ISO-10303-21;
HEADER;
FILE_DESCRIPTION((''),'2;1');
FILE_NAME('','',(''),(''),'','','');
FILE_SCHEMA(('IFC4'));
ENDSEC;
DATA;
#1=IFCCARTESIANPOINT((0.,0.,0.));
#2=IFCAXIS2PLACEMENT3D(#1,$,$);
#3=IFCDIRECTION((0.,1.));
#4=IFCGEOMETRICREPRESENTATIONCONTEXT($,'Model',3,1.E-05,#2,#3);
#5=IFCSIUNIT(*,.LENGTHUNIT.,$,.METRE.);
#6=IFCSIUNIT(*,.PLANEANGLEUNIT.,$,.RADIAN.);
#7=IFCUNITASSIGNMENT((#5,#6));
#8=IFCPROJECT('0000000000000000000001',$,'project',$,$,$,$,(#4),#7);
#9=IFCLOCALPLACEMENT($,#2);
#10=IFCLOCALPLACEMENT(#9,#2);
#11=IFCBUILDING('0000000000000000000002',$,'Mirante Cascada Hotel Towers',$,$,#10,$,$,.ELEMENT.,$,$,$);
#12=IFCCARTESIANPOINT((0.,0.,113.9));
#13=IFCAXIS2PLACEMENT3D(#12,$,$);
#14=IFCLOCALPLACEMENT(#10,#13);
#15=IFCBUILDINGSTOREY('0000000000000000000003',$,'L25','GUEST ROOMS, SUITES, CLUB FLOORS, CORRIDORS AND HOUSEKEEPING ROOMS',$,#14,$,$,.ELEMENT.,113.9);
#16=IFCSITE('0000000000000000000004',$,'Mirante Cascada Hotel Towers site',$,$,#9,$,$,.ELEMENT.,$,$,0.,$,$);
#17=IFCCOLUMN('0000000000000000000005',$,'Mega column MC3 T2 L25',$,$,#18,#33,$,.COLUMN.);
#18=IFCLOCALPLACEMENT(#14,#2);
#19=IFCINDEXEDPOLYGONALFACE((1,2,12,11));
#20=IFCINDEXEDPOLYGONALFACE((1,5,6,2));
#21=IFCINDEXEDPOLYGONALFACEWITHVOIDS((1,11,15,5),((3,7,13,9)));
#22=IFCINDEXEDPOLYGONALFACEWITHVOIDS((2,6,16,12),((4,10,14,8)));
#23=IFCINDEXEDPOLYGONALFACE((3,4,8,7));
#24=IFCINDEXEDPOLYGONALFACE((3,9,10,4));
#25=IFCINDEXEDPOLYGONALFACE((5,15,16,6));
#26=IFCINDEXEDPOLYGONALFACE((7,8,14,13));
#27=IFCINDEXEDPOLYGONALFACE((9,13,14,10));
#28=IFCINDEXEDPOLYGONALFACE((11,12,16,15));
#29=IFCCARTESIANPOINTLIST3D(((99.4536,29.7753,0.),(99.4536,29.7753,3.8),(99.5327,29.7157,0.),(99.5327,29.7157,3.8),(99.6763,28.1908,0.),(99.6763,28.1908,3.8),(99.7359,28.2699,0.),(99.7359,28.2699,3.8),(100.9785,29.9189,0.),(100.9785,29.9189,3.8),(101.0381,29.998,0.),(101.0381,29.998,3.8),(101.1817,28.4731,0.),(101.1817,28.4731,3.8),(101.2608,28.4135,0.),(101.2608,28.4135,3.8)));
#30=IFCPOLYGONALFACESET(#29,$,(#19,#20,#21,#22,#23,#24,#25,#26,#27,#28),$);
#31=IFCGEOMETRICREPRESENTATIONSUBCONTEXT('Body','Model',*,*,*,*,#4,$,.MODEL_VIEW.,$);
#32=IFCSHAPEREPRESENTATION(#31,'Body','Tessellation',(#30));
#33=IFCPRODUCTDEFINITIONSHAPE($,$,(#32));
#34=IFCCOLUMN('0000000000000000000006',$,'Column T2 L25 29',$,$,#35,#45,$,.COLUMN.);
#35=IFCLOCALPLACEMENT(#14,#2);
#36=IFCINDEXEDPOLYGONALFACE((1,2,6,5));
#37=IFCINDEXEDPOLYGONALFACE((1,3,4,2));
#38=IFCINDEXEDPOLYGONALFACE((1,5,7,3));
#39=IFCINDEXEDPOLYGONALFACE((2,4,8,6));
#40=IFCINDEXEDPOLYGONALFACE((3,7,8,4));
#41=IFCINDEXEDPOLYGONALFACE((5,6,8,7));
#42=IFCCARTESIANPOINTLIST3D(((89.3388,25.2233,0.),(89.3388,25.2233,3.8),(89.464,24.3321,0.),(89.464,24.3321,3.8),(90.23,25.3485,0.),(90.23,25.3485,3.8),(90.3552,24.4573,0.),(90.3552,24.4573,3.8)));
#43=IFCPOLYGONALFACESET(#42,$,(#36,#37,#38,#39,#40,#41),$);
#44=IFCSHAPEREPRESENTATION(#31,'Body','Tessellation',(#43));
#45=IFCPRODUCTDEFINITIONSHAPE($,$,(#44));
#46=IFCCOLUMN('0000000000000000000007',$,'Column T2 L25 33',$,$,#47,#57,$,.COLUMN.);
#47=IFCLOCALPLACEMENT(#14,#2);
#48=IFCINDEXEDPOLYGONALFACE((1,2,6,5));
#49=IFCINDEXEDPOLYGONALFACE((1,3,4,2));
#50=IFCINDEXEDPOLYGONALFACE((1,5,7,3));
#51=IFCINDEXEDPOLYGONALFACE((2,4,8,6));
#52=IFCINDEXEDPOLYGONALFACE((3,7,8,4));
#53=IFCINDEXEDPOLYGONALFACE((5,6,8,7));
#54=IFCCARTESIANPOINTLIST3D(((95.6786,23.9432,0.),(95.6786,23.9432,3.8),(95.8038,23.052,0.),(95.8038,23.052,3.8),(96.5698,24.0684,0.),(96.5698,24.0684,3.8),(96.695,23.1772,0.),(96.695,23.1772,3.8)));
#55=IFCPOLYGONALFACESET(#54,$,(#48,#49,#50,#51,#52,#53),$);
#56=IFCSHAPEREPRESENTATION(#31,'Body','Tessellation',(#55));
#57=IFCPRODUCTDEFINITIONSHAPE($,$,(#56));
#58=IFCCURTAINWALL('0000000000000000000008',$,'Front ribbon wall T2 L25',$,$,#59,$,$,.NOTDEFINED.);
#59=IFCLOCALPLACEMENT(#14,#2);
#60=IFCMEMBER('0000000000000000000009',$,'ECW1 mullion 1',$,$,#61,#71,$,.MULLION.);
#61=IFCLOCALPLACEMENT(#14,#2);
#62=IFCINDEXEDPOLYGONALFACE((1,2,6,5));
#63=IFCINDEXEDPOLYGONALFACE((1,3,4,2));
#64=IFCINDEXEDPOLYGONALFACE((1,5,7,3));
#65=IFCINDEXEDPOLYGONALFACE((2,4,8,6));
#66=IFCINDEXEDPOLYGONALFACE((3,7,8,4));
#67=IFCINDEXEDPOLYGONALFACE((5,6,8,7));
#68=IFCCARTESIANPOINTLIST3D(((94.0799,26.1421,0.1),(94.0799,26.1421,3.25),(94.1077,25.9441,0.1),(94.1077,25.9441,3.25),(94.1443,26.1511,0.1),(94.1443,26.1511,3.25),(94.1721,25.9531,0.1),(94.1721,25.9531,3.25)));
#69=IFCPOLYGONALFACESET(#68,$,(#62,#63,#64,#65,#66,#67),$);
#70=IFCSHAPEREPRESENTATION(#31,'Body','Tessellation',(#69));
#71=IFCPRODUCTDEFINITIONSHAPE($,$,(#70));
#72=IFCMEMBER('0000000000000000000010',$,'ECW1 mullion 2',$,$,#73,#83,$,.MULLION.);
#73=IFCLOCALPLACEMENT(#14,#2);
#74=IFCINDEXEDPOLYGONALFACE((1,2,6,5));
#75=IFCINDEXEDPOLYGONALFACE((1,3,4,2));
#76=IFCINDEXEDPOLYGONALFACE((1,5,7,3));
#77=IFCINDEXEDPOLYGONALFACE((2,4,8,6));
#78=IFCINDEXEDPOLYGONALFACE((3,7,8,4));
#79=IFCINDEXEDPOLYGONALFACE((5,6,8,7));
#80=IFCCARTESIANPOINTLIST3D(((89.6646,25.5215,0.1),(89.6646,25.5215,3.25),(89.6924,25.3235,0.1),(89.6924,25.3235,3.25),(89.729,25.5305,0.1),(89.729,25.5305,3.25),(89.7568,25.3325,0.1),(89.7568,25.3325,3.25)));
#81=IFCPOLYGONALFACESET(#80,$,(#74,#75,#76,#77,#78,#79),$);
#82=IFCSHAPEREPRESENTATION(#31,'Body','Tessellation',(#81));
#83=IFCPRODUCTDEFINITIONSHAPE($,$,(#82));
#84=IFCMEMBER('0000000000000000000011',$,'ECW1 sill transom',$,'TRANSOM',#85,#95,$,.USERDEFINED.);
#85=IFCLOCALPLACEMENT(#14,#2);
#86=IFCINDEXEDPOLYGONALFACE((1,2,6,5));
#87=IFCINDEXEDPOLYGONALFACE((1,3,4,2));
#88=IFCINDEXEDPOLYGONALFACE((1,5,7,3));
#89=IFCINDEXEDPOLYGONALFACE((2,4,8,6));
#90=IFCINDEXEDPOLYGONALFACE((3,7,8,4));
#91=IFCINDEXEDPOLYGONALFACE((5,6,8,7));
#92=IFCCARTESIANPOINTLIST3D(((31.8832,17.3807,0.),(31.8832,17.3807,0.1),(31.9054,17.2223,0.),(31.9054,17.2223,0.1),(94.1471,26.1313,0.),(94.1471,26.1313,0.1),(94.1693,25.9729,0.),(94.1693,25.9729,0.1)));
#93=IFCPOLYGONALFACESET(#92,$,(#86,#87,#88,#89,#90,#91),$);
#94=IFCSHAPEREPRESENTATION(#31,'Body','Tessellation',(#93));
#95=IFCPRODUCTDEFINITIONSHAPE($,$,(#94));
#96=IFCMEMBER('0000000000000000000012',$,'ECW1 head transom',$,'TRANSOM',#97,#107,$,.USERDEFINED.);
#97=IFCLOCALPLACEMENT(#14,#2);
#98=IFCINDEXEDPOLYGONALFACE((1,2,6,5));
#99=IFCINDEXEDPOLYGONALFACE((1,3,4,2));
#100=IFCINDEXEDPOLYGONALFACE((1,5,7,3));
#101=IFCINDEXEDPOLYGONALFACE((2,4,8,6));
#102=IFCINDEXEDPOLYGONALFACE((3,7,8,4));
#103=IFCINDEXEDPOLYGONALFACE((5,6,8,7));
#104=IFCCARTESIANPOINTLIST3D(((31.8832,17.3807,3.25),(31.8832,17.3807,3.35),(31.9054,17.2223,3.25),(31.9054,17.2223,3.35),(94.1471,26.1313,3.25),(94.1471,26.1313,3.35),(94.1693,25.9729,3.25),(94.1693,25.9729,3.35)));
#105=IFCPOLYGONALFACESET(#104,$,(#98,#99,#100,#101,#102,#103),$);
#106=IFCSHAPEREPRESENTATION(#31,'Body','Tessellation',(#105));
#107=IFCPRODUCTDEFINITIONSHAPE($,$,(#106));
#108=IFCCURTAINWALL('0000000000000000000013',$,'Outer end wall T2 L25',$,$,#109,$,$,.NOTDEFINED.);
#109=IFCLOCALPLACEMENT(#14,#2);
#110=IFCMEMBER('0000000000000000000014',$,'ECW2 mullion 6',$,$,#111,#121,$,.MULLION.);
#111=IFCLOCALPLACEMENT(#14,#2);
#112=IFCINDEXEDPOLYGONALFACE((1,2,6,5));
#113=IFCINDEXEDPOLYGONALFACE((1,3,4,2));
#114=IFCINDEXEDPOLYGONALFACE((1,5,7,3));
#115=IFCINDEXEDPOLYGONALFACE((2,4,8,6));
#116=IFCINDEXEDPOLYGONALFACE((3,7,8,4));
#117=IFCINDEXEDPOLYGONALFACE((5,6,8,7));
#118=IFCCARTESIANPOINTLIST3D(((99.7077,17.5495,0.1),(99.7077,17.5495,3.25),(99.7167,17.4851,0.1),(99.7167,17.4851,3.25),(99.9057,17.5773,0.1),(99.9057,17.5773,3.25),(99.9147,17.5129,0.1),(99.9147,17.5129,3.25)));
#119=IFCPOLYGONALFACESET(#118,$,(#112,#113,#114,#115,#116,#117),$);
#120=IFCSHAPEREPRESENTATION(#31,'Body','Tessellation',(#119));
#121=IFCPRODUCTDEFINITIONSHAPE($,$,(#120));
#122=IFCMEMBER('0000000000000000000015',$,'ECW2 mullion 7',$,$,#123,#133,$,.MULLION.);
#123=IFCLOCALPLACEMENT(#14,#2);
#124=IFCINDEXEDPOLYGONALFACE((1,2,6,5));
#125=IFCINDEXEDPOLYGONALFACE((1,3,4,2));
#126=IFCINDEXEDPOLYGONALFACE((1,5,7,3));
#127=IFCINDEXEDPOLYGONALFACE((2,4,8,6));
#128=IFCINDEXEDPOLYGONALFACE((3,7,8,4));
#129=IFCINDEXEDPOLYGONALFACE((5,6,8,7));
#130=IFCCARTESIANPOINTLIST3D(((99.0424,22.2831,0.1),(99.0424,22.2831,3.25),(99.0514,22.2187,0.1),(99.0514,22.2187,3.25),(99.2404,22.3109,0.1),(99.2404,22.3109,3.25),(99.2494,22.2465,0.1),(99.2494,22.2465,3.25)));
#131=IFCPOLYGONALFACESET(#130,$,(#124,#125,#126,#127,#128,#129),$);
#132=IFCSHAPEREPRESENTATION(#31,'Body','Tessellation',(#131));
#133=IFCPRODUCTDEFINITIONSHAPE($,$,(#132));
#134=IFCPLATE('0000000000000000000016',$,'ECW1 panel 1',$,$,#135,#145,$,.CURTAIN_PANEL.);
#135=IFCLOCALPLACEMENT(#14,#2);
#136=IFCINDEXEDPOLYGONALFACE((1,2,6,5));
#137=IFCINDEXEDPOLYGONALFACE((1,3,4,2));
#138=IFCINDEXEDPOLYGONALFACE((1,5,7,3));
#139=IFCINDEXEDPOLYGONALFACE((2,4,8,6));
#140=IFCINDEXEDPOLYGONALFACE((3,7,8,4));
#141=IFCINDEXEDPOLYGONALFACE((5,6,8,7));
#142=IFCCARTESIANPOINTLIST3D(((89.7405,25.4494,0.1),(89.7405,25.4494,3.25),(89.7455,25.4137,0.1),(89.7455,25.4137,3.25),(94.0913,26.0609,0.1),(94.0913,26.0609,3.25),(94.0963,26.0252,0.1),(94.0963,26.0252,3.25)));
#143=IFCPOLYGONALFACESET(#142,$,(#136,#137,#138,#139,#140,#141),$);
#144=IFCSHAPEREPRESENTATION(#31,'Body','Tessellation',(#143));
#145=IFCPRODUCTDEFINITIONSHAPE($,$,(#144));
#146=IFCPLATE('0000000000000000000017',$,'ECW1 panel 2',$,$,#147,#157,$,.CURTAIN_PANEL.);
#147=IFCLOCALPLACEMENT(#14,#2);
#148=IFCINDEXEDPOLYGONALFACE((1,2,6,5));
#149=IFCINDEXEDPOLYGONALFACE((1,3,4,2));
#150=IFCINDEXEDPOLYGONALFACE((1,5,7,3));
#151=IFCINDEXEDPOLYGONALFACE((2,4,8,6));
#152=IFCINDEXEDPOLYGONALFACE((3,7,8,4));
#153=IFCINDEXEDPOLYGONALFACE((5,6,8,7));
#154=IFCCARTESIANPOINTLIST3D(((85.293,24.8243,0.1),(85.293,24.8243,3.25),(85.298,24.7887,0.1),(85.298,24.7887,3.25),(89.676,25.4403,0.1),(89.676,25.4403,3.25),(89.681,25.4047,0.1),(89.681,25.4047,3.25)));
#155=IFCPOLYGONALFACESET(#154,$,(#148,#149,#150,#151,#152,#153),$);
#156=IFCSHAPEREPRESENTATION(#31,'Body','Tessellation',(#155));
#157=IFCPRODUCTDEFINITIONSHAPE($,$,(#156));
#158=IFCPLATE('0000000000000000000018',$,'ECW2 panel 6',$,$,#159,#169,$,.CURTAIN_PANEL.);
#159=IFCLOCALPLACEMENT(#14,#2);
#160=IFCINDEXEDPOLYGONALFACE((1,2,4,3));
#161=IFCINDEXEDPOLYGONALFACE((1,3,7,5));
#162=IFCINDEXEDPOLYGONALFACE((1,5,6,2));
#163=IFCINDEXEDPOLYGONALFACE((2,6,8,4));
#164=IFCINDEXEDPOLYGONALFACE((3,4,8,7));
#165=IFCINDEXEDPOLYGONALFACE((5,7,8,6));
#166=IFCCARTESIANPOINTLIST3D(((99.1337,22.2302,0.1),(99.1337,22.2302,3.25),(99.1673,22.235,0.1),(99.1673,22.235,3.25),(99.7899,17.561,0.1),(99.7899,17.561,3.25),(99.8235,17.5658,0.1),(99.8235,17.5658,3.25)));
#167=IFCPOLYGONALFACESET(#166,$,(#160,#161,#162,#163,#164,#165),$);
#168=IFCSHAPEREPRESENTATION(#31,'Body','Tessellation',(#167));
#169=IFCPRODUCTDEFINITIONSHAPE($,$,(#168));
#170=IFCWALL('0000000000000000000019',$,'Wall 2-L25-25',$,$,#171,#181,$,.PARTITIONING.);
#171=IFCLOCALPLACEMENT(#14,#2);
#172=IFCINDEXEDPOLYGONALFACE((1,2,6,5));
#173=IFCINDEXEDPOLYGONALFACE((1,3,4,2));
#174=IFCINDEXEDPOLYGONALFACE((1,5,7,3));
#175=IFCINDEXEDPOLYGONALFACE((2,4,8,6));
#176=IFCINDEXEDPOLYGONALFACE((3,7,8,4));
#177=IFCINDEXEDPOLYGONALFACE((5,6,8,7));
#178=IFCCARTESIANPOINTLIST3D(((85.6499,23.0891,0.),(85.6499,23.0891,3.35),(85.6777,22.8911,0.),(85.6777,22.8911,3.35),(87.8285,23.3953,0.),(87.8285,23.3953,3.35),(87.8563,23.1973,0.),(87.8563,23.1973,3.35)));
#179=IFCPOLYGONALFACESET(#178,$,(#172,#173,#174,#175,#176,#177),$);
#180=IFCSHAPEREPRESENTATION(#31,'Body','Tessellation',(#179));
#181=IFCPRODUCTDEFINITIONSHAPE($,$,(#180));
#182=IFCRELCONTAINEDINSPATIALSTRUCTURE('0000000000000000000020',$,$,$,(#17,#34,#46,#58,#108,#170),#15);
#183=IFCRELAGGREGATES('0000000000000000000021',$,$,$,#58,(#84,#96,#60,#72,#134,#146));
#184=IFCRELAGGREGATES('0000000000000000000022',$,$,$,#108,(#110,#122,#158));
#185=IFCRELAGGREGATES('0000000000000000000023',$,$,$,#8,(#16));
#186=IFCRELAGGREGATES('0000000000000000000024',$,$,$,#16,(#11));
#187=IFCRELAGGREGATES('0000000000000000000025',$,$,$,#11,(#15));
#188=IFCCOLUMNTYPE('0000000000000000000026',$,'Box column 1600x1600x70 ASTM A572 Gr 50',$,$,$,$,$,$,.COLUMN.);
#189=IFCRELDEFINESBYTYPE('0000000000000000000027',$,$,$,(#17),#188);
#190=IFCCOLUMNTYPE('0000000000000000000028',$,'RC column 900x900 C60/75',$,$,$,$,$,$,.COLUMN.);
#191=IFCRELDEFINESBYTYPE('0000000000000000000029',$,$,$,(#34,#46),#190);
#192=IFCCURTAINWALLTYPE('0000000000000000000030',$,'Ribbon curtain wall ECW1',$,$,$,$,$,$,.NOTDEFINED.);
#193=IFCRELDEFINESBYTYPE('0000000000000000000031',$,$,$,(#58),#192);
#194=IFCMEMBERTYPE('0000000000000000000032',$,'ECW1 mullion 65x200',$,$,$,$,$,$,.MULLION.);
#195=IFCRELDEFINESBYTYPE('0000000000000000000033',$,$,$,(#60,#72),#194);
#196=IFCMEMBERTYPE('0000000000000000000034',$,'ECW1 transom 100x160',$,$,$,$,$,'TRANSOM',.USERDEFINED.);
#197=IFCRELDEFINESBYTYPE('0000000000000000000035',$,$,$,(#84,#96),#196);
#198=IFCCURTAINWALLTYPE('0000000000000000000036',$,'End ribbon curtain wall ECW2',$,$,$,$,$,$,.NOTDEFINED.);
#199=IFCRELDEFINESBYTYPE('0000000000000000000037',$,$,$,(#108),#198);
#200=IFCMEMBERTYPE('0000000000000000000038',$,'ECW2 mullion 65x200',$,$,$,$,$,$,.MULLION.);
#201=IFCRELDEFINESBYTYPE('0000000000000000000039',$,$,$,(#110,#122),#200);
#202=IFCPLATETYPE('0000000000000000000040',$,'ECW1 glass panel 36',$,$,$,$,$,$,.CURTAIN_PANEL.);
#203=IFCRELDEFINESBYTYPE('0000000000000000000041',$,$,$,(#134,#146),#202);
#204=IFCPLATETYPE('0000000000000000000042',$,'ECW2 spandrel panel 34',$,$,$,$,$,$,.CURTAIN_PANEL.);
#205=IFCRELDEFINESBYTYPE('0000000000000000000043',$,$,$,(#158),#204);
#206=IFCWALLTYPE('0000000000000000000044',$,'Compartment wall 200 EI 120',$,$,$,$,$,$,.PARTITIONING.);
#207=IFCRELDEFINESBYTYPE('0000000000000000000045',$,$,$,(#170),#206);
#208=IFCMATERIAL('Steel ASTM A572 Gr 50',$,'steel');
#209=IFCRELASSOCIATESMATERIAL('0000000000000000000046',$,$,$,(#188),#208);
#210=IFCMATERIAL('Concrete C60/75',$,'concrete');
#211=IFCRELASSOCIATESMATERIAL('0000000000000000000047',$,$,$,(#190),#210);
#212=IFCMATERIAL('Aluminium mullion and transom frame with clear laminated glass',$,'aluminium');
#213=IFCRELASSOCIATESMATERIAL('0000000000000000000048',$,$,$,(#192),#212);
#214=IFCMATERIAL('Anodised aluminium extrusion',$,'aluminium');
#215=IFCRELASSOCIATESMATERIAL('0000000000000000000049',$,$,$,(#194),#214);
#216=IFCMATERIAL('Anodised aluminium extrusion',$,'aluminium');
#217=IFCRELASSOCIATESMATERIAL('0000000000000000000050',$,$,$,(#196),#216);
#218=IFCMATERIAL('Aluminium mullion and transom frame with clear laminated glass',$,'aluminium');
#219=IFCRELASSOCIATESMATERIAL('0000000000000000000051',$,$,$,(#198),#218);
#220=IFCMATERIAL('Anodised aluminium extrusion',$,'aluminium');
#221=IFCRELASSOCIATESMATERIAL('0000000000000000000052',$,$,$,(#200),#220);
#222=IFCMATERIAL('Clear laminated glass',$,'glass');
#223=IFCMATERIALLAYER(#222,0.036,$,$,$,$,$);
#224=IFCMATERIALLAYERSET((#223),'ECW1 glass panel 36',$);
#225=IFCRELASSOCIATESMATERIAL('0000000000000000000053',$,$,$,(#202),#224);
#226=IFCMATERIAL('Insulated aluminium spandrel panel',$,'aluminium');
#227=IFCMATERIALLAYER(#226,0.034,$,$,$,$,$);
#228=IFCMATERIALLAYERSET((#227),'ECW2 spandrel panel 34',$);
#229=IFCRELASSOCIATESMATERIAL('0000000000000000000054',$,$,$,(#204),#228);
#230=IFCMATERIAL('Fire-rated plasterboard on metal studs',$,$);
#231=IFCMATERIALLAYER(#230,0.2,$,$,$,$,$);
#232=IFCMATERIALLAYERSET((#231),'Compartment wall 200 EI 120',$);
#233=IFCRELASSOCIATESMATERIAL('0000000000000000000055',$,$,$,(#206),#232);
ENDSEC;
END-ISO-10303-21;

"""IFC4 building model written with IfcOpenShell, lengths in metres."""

from ifc_helpers import new_model, si_unit, direction, frame, frame_2d, origin, origin_2d, place, context, subcontext, project, spatial, rectangle, hollow_rectangle, extrude, material, layer, layer_set, material_profile, profile_set, type_object, element, aggregate, save


model = new_model("IFC4")

# Units and contexts
model_context = context("Model", 3, precision=1e-05, world=origin(), true_north=direction((0.0, 1.0)))
body_context = subcontext(model_context, "Body", "Model", "MODEL_VIEW")
ifc_project = project(units=[si_unit("LENGTHUNIT", "METRE"), si_unit("PLANEANGLEUNIT", "RADIAN")], contexts=[model_context])

# Site, building, storey
site_placement = place(None, origin())
site = spatial("IfcSite", under=ifc_project, at=site_placement, Name="Mirante Cascada Hotel Towers site", CompositionType="ELEMENT", RefElevation=0.0)
building_placement = place(site_placement, origin())
building = spatial("IfcBuilding", under=site, at=building_placement, Name="Mirante Cascada Hotel Towers", CompositionType="ELEMENT")
storey_placement = place(building_placement, frame((0.0, 0.0, 113.9)))
storey = spatial("IfcBuildingStorey", under=building, at=storey_placement, Name="L25", Description="GUEST ROOMS, SUITES, CLUB FLOORS, CORRIDORS AND HOUSEKEEPING ROOMS", CompositionType="ELEMENT", Elevation=113.9)

# Columns
ifc_material_1 = material(Name="Steel ASTM A572 Gr 50", Category="steel")
ifc_material_profile_1 = material_profile(ifc_material_1, hollow_rectangle(XDim=1.6, YDim=1.6, WallThickness=0.07, at=origin_2d()), Name="Box column 1600x1600x70 ASTM A572 Gr 50")
ifc_profile_set_1 = profile_set([ifc_material_profile_1], Name="Steel ASTM A572 Gr 50")
column_type_1 = type_object("IfcColumnType", Name="Box column 1600x1600x70 ASTM A572 Gr 50", PredefinedType="COLUMN", material=ifc_profile_set_1)
column_placement = place(storey_placement, frame((100.3572, 29.0944, 0.0), z_axis=(0.0, 0.0, 1.0), x_axis=(0.990268, 0.139173, 0.0)))
element("IfcColumn", 1, at=column_placement, inside=storey, type_object=column_type_1, Name="Mega column MC3 T2 L25", PredefinedType="COLUMN", context=body_context, shape_type="SweptSolid", body=[
    extrude(hollow_rectangle(XDim=1.6, YDim=1.6, WallThickness=0.07, at=origin_2d()), origin(), (0.0, 0.0, 1.0), 3.8),
])
ifc_material_2 = material(Name="Concrete C60/75", Category="concrete")
ifc_material_profile_2 = material_profile(ifc_material_2, rectangle(XDim=0.9, YDim=0.9, at=origin_2d()), Name="RC column 900x900 C60/75")
ifc_profile_set_2 = profile_set([ifc_material_profile_2], Name="Concrete C60/75")
column_type_2 = type_object("IfcColumnType", Name="RC column 900x900 C60/75", PredefinedType="COLUMN", material=ifc_profile_set_2)
for number, where, z_axis, x_axis, name in (
    (2, (89.847, 24.8403, 0.0), (0.0, 0.0, 1.0), (0.990268, 0.139173, 0.0), "Column T2 L25 29"),
    (3, (96.1868, 23.5602, 0.0), (0.0, 0.0, 1.0), (0.990268, 0.139173, 0.0), "Column T2 L25 33"),
):
    element("IfcColumn", number, at=place(storey_placement, frame(where, z_axis=z_axis, x_axis=x_axis)), inside=storey, type_object=column_type_2, Name=name, PredefinedType="COLUMN", context=body_context, shape_type="SweptSolid", body=[
        extrude(rectangle(XDim=0.9, YDim=0.9, at=origin_2d()), origin(), (0.0, 0.0, 1.0), 3.8),
    ])

# Curtain walls, members
ifc_material_3 = material(Name="Aluminium mullion and transom frame with clear laminated glass", Category="aluminium")
curtain_wall_type_1 = type_object("IfcCurtainWallType", Name="Ribbon curtain wall ECW1", PredefinedType="NOTDEFINED", material=ifc_material_3)
curtain_wall_1_placement = place(storey_placement, origin())
curtain_wall_1 = element("IfcCurtainWall", 4, at=curtain_wall_1_placement, inside=storey, type_object=curtain_wall_type_1, Name="Front ribbon wall T2 L25", PredefinedType="NOTDEFINED")
ifc_material_4 = material(Name="Anodised aluminium extrusion", Category="aluminium")
ifc_material_profile_3 = material_profile(ifc_material_4, rectangle(XDim=0.2, YDim=0.065, at=origin_2d()), Name="ECW1 MULLION 65x200")
ifc_profile_set_3 = profile_set([ifc_material_profile_3], Name="Anodised aluminium extrusion")
member_type_1 = type_object("IfcMemberType", Name="ECW1 mullion 65x200", PredefinedType="MULLION", material=ifc_profile_set_3)
member_1_placement = place(storey_placement, frame((94.126, 26.0476, 0.1), z_axis=(0.0, 0.0, 1.0), x_axis=(0.139173, -0.990268, 0.0)))
member_1 = element("IfcMember", 5, at=member_1_placement, type_object=member_type_1, Name="ECW1 mullion 1", PredefinedType="MULLION", context=body_context, shape_type="SweptSolid", body=[
    extrude(rectangle(XDim=0.2, YDim=0.065, at=origin_2d()), origin(), (0.0, 0.0, 1.0), 3.15),
])
member_2_placement = place(storey_placement, frame((89.7107, 25.427, 0.1), z_axis=(0.0, 0.0, 1.0), x_axis=(0.139173, -0.990268, 0.0)))
member_2 = element("IfcMember", 6, at=member_2_placement, type_object=member_type_1, Name="ECW1 mullion 2", PredefinedType="MULLION", context=body_context, shape_type="SweptSolid", body=[
    extrude(rectangle(XDim=0.2, YDim=0.065, at=origin_2d()), origin(), (0.0, 0.0, 1.0), 3.15),
])
ifc_material_5 = material(Name="Anodised aluminium extrusion", Category="aluminium")
ifc_material_profile_4 = material_profile(ifc_material_5, rectangle(XDim=0.16, YDim=0.1, at=origin_2d()), Name="ECW1 TRANSOM 100x160")
ifc_profile_set_4 = profile_set([ifc_material_profile_4], Name="Anodised aluminium extrusion")
member_type_2 = type_object("IfcMemberType", Name="ECW1 transom 100x160", ElementType="TRANSOM", PredefinedType="USERDEFINED", material=ifc_profile_set_4)
member_3_placement = place(storey_placement, frame((94.1582, 26.0521, 0.05), z_axis=(-0.990268, -0.139173, 0.0), x_axis=(0.139173, -0.990268, 0.0)))
member_3 = element("IfcMember", 7, at=member_3_placement, type_object=member_type_2, Name="ECW1 sill transom", ObjectType="TRANSOM", PredefinedType="USERDEFINED", context=body_context, shape_type="SweptSolid", body=[
    extrude(rectangle(XDim=0.16, YDim=0.1, at=origin_2d()), origin(), (0.0, 0.0, 1.0), 62.8758),
])
member_4_placement = place(storey_placement, frame((94.1582, 26.0521, 3.3), z_axis=(-0.990268, -0.139173, 0.0), x_axis=(0.139173, -0.990268, 0.0)))
member_4 = element("IfcMember", 8, at=member_4_placement, type_object=member_type_2, Name="ECW1 head transom", ObjectType="TRANSOM", PredefinedType="USERDEFINED", context=body_context, shape_type="SweptSolid", body=[
    extrude(rectangle(XDim=0.16, YDim=0.1, at=origin_2d()), origin(), (0.0, 0.0, 1.0), 62.8758),
])
ifc_material_6 = material(Name="Aluminium mullion and transom frame with clear laminated glass", Category="aluminium")
curtain_wall_type_2 = type_object("IfcCurtainWallType", Name="End ribbon curtain wall ECW2", PredefinedType="NOTDEFINED", material=ifc_material_6)
curtain_wall_2_placement = place(storey_placement, origin())
curtain_wall_2 = element("IfcCurtainWall", 9, at=curtain_wall_2_placement, inside=storey, type_object=curtain_wall_type_2, Name="Outer end wall T2 L25", PredefinedType="NOTDEFINED")
ifc_material_7 = material(Name="Anodised aluminium extrusion", Category="aluminium")
ifc_material_profile_5 = material_profile(ifc_material_7, rectangle(XDim=0.2, YDim=0.065, at=origin_2d()), Name="ECW2 MULLION 65x200")
ifc_profile_set_5 = profile_set([ifc_material_profile_5], Name="Anodised aluminium extrusion")
member_type_3 = type_object("IfcMemberType", Name="ECW2 mullion 65x200", PredefinedType="MULLION", material=ifc_profile_set_5)
member_5_placement = place(storey_placement, frame((99.8112, 17.5312, 0.1), z_axis=(0.0, 0.0, 1.0), x_axis=(-0.990268, -0.139173, 0.0)))
member_5 = element("IfcMember", 10, at=member_5_placement, type_object=member_type_3, Name="ECW2 mullion 6", PredefinedType="MULLION", context=body_context, shape_type="SweptSolid", body=[
    extrude(rectangle(XDim=0.2, YDim=0.065, at=origin_2d()), origin(), (0.0, 0.0, 1.0), 3.15),
])
member_6_placement = place(storey_placement, frame((99.1459, 22.2648, 0.1), z_axis=(0.0, 0.0, 1.0), x_axis=(-0.990268, -0.139173, 0.0)))
member_6 = element("IfcMember", 11, at=member_6_placement, type_object=member_type_3, Name="ECW2 mullion 7", PredefinedType="MULLION", context=body_context, shape_type="SweptSolid", body=[
    extrude(rectangle(XDim=0.2, YDim=0.065, at=origin_2d()), origin(), (0.0, 0.0, 1.0), 3.15),
])

# Plates
ifc_material_8 = material(Name="Clear laminated glass", Category="glass")
ifc_layer_1 = layer(ifc_material_8, 0.036)
ifc_layer_set_1 = layer_set([ifc_layer_1], Name="ECW1 glass panel 36")
plate_type_1 = type_object("IfcPlateType", Name="ECW1 glass panel 36", PredefinedType="CURTAIN_PANEL", material=ifc_layer_set_1)
plate_1_placement = place(storey_placement, frame((91.9184, 25.7373, 0.1), z_axis=(0.0, 0.0, 1.0), x_axis=(-0.990268, -0.139173, 0.0)))
plate_1 = element("IfcPlate", 12, at=plate_1_placement, type_object=plate_type_1, Name="ECW1 panel 1", PredefinedType="CURTAIN_PANEL", context=body_context, shape_type="SweptSolid", body=[
    extrude(rectangle(XDim=4.3936, YDim=0.036, at=origin_2d()), origin(), (0.0, 0.0, 1.0), 3.15),
])
plate_2_placement = place(storey_placement, frame((87.487, 25.1145, 0.1), z_axis=(0.0, 0.0, 1.0), x_axis=(-0.990268, -0.139173, 0.0)))
plate_2 = element("IfcPlate", 13, at=plate_2_placement, type_object=plate_type_1, Name="ECW1 panel 2", PredefinedType="CURTAIN_PANEL", context=body_context, shape_type="SweptSolid", body=[
    extrude(rectangle(XDim=4.4261, YDim=0.036, at=origin_2d()), origin(), (0.0, 0.0, 1.0), 3.15),
])
aggregate(curtain_wall_1, [member_3, member_4, member_1, member_2, plate_1, plate_2])
ifc_material_9 = material(Name="Insulated aluminium spandrel panel", Category="aluminium")
ifc_layer_2 = layer(ifc_material_9, 0.034)
ifc_layer_set_2 = layer_set([ifc_layer_2], Name="ECW2 spandrel panel 34")
plate_type_2 = type_object("IfcPlateType", Name="ECW2 spandrel panel 34", PredefinedType="CURTAIN_PANEL", material=ifc_layer_set_2)
plate_3_placement = place(storey_placement, frame((99.4786, 19.898, 0.1), z_axis=(0.0, 0.0, 1.0), x_axis=(-0.139173, 0.990268, 0.0)))
plate_3 = element("IfcPlate", 14, at=plate_3_placement, type_object=plate_type_2, Name="ECW2 panel 6", PredefinedType="CURTAIN_PANEL", context=body_context, shape_type="SweptSolid", body=[
    extrude(rectangle(XDim=4.7151, YDim=0.034, at=origin_2d()), origin(), (0.0, 0.0, 1.0), 3.15),
])
aggregate(curtain_wall_2, [member_5, member_6, plate_3])

# Wall
ifc_material_10 = material(Name="Fire-rated plasterboard on metal studs")
ifc_layer_3 = layer(ifc_material_10, 0.2)
ifc_layer_set_3 = layer_set([ifc_layer_3], Name="Compartment wall 200 EI 120")
wall_type_1 = type_object("IfcWallType", Name="Compartment wall 200 EI 120", PredefinedType="PARTITIONING", material=ifc_layer_set_3)
wall_1_placement = place(storey_placement, frame((87.8424, 23.2963, 0.0), z_axis=(0.0, 0.0, 1.0), x_axis=(-0.990267, -0.139181, 0.0)))
element("IfcWall", 15, at=wall_1_placement, inside=storey, type_object=wall_type_1, Name="Wall 2-L25-25", PredefinedType="PARTITIONING", context=body_context, shape_type="SweptSolid", body=[
    extrude(rectangle(XDim=2.2, YDim=0.2, at=frame_2d((1.1, 0.0))), origin(), (0.0, 0.0, 1.0), 3.35),
])

save(model, "model.ifc")
